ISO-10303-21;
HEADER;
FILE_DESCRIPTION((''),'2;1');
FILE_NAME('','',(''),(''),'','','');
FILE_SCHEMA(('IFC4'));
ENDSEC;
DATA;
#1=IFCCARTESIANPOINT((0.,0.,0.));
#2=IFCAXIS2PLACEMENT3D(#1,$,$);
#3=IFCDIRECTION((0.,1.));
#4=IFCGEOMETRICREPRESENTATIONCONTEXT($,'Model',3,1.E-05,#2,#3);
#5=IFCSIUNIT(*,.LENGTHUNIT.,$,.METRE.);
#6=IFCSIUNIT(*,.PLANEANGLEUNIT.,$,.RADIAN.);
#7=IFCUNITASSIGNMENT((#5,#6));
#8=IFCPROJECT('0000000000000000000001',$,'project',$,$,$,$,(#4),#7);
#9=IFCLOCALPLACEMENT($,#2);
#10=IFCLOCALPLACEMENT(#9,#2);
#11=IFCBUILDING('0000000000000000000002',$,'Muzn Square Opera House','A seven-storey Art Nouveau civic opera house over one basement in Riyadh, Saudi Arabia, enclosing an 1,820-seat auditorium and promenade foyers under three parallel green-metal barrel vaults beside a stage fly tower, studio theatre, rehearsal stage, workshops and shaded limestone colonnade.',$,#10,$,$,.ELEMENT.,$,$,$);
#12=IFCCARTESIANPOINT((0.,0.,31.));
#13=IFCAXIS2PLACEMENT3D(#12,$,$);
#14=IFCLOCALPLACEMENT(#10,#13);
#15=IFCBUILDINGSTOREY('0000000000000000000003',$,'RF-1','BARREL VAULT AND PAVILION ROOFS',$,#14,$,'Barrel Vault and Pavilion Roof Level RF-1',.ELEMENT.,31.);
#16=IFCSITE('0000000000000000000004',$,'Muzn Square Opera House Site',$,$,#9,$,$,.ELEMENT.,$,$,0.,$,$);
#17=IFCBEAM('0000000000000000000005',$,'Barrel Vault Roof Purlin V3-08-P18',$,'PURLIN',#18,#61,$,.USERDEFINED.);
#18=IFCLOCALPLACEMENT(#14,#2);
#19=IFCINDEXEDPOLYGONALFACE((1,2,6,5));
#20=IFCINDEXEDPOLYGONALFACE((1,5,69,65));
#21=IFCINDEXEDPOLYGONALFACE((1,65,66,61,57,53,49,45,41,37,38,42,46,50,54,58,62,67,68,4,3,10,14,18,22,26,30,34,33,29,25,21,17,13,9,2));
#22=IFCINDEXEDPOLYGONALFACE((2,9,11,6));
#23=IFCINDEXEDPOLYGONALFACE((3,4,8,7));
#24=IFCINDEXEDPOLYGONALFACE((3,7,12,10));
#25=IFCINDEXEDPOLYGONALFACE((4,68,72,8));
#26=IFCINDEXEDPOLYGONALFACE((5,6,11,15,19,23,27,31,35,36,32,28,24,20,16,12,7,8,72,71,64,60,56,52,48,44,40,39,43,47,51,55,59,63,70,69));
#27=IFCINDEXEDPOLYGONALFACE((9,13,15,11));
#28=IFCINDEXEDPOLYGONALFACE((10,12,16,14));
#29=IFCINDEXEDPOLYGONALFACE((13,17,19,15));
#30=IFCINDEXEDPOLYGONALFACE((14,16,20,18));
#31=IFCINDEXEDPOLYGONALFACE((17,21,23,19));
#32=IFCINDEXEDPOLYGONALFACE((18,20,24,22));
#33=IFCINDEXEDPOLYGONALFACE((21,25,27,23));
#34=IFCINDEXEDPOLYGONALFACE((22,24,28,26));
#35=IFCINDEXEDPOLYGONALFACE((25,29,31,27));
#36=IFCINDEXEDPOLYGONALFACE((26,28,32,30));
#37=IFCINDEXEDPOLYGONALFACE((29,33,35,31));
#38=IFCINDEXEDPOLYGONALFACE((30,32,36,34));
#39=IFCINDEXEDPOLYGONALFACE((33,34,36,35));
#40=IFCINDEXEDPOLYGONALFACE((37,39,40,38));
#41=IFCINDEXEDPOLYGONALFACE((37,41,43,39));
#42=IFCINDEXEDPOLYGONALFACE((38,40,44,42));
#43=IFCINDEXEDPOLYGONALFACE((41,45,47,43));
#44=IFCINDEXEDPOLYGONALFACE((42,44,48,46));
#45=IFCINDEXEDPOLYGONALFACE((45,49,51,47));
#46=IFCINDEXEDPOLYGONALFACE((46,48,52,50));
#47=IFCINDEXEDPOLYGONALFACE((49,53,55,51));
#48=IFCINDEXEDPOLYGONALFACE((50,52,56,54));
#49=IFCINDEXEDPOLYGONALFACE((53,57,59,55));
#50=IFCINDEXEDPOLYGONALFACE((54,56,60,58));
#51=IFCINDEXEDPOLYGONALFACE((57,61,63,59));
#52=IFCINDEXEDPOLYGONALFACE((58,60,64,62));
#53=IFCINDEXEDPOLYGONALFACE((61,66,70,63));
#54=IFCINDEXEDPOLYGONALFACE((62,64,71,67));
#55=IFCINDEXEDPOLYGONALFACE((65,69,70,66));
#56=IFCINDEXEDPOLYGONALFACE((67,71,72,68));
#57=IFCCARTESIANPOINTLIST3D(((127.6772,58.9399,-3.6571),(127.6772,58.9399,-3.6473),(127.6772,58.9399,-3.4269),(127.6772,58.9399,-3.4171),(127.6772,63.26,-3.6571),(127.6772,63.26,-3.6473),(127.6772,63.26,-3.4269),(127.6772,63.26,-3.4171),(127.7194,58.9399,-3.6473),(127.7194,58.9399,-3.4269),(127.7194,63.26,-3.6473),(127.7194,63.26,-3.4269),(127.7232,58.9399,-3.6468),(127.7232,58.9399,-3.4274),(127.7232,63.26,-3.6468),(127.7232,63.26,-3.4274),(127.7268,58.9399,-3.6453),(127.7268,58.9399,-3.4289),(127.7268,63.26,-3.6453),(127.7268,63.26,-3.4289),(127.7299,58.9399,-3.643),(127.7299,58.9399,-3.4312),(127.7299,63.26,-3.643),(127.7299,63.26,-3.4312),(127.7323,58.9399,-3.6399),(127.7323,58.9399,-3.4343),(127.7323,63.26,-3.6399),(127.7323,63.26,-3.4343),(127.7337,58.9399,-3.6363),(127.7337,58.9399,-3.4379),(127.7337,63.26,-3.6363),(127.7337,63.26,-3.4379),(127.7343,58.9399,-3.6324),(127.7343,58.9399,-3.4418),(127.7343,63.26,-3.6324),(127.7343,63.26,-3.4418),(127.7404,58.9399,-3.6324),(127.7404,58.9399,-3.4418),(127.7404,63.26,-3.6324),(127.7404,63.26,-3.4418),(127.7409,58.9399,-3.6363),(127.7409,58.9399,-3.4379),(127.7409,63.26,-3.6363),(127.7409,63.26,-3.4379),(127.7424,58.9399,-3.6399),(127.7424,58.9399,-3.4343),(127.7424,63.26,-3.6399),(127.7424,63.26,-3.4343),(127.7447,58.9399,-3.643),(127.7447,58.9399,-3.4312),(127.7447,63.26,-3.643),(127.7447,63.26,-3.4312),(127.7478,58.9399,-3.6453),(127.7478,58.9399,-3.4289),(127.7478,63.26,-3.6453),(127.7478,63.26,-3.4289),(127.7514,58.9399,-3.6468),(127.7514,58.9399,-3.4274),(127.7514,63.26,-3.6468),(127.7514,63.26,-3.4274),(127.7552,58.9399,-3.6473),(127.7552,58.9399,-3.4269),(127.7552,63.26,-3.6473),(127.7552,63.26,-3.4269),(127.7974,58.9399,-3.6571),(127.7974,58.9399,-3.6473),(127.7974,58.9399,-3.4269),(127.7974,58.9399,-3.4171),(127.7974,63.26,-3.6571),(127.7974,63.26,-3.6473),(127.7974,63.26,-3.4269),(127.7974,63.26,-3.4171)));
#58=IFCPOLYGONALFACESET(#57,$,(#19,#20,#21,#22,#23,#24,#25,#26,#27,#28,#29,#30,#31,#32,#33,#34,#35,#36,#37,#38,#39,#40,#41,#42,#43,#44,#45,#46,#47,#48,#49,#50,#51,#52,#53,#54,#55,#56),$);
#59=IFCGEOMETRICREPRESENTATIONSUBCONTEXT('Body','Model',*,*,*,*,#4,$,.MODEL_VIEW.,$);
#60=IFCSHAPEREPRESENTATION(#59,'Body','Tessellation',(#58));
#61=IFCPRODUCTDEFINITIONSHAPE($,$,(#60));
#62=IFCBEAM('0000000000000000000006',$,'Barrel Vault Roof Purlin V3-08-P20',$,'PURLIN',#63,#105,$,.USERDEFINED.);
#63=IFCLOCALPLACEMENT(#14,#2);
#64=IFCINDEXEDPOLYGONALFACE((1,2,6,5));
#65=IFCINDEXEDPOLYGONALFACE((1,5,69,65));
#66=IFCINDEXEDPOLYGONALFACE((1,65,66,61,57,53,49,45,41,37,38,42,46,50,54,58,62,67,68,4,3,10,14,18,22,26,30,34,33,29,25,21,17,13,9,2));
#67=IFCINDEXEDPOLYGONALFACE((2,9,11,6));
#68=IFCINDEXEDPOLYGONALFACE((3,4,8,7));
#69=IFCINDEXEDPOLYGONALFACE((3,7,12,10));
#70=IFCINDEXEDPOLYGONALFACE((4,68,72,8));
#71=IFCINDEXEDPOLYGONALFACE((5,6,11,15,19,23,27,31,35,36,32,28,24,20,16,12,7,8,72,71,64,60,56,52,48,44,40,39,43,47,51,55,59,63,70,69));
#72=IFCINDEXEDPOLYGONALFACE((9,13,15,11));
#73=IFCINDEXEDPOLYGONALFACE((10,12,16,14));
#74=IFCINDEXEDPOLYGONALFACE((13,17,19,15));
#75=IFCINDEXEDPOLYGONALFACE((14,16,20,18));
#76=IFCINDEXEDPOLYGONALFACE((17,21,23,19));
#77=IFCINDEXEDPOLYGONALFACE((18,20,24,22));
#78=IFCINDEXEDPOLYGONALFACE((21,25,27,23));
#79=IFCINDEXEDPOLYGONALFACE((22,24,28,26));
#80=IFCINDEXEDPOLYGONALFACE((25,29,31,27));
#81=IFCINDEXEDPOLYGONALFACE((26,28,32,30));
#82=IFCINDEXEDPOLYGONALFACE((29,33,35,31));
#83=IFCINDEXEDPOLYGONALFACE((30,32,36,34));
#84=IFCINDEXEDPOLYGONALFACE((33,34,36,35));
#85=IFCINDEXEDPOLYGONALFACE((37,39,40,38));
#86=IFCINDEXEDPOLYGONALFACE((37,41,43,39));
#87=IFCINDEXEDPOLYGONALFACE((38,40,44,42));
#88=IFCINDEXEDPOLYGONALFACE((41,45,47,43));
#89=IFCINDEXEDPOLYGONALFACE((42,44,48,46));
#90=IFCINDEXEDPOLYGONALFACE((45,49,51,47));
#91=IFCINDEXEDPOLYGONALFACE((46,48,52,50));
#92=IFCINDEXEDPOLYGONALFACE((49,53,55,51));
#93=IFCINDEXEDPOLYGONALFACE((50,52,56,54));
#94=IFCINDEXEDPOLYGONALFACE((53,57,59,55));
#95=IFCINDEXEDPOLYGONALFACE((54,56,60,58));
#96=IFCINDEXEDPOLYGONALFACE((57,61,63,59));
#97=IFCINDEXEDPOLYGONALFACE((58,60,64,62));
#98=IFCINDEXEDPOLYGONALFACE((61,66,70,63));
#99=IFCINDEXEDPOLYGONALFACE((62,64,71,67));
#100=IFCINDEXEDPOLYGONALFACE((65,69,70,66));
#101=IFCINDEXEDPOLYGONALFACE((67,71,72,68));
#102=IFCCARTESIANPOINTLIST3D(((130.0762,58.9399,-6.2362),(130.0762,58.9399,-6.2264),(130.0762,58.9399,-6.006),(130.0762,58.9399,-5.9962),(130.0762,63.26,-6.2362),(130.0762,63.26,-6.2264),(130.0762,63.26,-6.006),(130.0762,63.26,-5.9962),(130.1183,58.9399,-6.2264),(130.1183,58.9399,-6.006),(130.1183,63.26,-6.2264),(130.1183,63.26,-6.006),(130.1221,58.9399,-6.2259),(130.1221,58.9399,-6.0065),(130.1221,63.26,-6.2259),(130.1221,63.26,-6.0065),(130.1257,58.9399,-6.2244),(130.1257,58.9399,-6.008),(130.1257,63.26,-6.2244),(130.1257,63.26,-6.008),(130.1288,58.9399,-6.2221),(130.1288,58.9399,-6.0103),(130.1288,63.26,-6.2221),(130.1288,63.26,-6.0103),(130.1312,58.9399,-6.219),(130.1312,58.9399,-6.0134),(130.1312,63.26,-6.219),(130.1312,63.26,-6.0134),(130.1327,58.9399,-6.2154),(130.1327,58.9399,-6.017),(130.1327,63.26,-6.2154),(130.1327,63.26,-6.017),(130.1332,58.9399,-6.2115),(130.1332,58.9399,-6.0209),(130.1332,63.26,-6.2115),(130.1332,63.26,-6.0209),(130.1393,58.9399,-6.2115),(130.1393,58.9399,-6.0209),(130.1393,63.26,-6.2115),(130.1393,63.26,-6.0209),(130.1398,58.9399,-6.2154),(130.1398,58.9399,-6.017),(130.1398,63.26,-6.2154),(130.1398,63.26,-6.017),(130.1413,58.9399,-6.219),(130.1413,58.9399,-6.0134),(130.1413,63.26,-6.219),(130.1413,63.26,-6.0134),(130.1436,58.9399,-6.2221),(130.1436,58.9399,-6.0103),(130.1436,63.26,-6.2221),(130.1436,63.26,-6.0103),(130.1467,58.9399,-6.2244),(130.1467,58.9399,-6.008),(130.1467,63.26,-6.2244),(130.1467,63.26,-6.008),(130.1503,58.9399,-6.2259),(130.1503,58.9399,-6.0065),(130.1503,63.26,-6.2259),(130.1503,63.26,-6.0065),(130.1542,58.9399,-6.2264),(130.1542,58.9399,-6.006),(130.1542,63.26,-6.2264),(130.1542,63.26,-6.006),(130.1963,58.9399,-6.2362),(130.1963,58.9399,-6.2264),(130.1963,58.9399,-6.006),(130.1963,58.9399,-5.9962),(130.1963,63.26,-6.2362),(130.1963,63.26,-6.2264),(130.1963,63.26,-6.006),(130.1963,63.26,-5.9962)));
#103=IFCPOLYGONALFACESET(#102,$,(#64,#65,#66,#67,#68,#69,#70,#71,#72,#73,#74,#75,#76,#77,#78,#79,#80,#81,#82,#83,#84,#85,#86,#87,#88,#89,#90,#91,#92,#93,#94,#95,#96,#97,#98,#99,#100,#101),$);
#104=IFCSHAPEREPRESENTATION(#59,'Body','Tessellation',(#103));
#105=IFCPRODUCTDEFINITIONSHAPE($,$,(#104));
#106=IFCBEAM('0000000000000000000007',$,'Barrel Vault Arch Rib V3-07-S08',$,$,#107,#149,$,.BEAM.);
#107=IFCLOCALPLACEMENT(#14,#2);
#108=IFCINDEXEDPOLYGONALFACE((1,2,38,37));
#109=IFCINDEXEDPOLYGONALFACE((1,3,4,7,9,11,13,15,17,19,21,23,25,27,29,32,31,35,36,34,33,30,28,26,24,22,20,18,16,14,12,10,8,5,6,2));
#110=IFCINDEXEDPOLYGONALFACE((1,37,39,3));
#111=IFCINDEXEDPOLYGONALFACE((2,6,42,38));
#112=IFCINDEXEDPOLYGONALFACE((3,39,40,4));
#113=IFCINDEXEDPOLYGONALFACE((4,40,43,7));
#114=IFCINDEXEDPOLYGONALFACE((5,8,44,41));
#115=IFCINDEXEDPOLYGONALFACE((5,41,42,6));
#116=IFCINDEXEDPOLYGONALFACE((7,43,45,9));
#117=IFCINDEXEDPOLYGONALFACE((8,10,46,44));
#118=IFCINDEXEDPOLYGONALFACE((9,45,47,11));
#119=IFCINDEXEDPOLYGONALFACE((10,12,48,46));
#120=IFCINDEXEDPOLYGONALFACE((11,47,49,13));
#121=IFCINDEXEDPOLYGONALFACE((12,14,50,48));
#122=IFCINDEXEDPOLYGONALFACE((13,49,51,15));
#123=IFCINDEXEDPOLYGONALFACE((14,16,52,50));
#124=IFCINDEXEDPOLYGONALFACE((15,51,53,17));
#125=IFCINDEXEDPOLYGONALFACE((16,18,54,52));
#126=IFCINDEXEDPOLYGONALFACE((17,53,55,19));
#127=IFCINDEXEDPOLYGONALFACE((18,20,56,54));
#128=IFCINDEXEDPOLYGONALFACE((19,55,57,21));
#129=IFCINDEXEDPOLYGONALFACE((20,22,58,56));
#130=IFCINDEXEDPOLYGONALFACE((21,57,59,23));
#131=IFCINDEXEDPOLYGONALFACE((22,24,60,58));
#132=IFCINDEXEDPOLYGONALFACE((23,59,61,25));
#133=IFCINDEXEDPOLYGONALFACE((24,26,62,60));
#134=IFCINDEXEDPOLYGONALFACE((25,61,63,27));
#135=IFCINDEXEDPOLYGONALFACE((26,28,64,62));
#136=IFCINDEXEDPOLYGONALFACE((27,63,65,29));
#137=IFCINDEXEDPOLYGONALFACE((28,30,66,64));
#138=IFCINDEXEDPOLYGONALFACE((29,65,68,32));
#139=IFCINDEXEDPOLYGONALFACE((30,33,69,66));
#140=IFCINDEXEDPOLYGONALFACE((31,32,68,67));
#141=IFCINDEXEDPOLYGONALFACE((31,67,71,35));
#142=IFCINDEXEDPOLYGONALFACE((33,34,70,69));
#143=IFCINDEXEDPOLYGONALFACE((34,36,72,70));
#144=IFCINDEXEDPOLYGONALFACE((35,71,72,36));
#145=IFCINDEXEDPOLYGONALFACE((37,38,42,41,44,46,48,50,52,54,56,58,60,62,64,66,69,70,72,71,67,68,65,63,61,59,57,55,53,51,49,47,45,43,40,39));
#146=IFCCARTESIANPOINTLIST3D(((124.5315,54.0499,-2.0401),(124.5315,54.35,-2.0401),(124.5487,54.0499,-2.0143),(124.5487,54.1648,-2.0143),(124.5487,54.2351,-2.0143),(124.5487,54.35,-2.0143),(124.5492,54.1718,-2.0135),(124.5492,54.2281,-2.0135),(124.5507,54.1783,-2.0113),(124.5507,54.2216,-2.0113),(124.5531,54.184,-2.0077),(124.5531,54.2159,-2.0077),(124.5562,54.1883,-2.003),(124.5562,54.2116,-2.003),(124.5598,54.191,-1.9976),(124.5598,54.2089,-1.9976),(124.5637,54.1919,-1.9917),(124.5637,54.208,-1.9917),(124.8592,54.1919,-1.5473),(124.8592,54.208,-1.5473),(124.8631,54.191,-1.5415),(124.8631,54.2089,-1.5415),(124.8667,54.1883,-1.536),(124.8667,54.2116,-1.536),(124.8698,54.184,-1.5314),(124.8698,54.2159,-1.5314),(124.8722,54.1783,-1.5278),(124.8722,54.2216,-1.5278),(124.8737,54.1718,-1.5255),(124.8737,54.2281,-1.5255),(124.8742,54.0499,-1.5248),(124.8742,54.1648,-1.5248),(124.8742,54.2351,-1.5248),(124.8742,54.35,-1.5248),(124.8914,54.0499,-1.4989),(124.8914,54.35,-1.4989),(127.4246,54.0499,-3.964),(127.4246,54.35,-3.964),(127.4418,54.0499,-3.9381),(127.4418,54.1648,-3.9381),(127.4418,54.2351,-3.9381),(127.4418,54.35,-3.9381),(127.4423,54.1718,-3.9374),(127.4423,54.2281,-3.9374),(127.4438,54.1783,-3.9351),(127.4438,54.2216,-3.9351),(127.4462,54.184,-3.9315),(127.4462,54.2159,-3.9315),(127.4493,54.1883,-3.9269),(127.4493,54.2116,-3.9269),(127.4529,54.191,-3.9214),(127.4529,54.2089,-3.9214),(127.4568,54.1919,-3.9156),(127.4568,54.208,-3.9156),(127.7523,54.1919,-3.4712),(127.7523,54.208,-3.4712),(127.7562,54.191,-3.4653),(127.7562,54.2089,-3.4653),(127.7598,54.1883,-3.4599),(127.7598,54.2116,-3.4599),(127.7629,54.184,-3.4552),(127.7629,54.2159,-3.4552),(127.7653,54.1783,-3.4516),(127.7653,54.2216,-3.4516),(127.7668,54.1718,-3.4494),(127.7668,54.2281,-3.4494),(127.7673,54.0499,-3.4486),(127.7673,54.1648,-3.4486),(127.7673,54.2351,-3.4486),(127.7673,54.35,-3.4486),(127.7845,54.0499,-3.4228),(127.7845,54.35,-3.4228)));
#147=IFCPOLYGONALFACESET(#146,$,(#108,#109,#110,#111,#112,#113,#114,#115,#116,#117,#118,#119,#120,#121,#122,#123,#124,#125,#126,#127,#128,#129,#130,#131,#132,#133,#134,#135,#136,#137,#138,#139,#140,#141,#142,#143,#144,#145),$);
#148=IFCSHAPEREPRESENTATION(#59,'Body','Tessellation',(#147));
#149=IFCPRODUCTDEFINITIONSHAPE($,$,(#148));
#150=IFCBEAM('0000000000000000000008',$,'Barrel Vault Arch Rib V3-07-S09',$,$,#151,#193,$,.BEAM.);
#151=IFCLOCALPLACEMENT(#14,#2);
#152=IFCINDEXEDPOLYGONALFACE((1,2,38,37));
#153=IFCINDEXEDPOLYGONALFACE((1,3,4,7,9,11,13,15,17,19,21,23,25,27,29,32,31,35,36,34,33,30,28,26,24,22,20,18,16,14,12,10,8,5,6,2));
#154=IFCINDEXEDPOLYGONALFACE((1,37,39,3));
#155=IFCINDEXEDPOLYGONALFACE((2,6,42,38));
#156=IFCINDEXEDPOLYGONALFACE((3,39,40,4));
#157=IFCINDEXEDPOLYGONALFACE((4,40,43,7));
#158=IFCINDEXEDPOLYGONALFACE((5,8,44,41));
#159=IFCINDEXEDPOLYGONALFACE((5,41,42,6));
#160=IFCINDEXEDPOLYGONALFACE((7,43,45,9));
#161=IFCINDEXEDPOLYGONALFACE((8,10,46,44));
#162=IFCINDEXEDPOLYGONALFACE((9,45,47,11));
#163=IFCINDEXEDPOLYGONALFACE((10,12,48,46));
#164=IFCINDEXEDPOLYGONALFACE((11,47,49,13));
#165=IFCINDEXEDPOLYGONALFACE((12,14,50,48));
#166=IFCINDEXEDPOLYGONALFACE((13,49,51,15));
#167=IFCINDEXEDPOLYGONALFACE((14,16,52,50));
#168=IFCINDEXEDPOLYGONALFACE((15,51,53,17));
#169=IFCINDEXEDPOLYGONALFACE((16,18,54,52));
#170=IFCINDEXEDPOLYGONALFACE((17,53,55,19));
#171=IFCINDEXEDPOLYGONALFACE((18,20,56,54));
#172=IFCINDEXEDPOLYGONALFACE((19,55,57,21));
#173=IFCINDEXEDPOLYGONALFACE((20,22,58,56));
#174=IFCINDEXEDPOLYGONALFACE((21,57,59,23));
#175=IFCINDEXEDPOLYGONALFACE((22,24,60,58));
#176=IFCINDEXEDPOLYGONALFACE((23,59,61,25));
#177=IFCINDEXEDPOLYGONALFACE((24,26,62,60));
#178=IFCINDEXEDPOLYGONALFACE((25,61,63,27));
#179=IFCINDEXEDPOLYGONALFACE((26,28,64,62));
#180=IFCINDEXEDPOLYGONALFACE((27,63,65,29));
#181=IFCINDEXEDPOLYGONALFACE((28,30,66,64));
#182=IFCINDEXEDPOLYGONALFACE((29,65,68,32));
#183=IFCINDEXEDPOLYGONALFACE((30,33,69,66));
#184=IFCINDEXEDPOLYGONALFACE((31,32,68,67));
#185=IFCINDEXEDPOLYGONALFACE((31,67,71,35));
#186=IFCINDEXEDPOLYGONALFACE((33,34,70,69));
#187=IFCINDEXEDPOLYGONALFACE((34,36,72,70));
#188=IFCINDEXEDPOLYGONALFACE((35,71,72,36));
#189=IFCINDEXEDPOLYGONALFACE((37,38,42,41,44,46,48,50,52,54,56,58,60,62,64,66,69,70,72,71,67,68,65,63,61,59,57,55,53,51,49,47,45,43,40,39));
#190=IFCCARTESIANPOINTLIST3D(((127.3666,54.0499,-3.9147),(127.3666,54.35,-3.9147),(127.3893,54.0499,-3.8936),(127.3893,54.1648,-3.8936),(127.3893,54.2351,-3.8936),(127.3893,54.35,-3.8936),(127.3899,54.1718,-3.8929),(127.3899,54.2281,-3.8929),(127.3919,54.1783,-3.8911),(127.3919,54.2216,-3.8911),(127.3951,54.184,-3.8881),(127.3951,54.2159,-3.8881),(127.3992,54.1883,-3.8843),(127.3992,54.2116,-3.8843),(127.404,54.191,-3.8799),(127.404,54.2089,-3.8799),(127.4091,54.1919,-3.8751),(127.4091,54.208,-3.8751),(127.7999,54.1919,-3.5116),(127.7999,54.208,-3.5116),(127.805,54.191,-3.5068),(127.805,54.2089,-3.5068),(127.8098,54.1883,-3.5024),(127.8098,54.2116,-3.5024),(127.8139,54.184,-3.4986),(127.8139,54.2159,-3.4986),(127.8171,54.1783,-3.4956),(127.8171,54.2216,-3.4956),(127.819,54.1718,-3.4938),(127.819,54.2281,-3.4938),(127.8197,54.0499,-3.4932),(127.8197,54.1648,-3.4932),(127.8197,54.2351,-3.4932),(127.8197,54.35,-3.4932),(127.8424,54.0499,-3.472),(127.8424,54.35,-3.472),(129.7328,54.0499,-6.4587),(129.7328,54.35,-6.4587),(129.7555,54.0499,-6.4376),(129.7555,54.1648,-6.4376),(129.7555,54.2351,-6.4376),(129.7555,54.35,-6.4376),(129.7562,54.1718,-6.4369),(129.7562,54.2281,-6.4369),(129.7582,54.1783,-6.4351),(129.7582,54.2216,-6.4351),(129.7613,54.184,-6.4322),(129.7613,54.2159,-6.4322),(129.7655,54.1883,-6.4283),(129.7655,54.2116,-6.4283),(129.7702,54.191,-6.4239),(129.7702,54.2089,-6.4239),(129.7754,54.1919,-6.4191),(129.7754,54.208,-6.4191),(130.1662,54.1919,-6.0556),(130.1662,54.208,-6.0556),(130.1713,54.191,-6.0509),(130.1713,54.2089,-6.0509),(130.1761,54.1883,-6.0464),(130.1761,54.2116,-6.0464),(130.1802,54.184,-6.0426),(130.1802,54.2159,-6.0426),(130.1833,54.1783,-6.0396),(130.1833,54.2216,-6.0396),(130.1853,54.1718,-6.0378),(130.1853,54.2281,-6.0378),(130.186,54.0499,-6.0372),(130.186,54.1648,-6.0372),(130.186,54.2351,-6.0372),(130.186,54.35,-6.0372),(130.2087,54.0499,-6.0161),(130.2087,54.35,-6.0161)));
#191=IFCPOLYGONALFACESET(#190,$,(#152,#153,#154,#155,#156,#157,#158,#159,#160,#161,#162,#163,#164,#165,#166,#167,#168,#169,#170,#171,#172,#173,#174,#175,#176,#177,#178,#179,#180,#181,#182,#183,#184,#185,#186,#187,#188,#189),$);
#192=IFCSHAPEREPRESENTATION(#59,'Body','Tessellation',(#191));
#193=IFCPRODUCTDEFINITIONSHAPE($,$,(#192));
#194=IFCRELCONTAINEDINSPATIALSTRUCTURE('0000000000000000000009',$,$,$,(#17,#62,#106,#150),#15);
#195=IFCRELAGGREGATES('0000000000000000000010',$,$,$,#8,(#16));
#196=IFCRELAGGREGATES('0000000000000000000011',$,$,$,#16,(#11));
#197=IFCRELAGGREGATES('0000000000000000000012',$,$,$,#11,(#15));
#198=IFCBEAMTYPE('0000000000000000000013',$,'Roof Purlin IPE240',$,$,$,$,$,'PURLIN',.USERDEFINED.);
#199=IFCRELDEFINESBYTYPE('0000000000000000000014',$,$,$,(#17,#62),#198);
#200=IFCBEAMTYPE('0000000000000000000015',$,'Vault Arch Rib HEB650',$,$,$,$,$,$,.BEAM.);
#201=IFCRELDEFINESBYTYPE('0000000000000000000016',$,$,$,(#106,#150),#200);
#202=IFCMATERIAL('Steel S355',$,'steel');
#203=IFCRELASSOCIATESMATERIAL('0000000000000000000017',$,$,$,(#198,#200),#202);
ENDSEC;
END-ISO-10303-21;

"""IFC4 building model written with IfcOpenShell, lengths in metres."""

from ifc_helpers import new_model, si_unit, direction, frame, origin, origin_2d, place, context, subcontext, project, spatial, i_section, extrude, material, material_profile, profile_set, type_object, element, save


model = new_model("IFC4")

# Units and contexts
model_context = context("Model", 3, precision=1e-05, world=origin(), true_north=direction((0.0, 1.0)))
body_context = subcontext(model_context, "Body", "Model", "MODEL_VIEW")
ifc_project = project(units=[si_unit("LENGTHUNIT", "METRE"), si_unit("PLANEANGLEUNIT", "RADIAN")], contexts=[model_context])

# Site, building, storey
site_placement = place(None, origin())
site = spatial("IfcSite", under=ifc_project, at=site_placement, Name="Muzn Square Opera House Site", CompositionType="ELEMENT", RefElevation=0.0)
building_placement = place(site_placement, origin())
building = spatial("IfcBuilding", under=site, at=building_placement, Name="Muzn Square Opera House", Description="A seven-storey Art Nouveau civic opera house over one basement in Riyadh, Saudi Arabia, enclosing an 1,820-seat auditorium and promenade foyers under three parallel green-metal barrel vaults beside a stage fly tower, studio theatre, rehearsal stage, workshops and shaded limestone colonnade.", CompositionType="ELEMENT")
storey_placement = place(building_placement, frame((0.0, 0.0, 31.0)))
storey = spatial("IfcBuildingStorey", under=building, at=storey_placement, Name="RF-1", Description="BARREL VAULT AND PAVILION ROOFS", LongName="Barrel Vault and Pavilion Roof Level RF-1", CompositionType="ELEMENT", Elevation=31.0)

# Beams
ifc_material_1 = material(Name="Steel S355", Category="steel")
ifc_material_profile_1 = material_profile(ifc_material_1, i_section(OverallWidth=0.1201, OverallDepth=0.24, WebThickness=0.0061, FlangeThickness=0.0098, FilletRadius=0.0149, at=origin_2d()), Name="IPE 240", Category="steel")
ifc_profile_set_1 = profile_set([ifc_material_profile_1], Name="Steel S355")
beam_type_1 = type_object("IfcBeamType", Name="Roof Purlin IPE240", ElementType="PURLIN", PredefinedType="USERDEFINED", material=ifc_profile_set_1)
for number, where, z_axis, x_axis, name in (
    (1, (127.7373, 58.9399, -3.5371), (0.0, 1.0, 0.0), (-1.0, 0.0, 0.0), "Barrel Vault Roof Purlin V3-08-P18"),
    (2, (130.1362, 58.9399, -6.1162), (0.0, 1.0, 0.0), (-1.0, 0.0, 0.0), "Barrel Vault Roof Purlin V3-08-P20"),
):
    element("IfcBeam", number, at=place(storey_placement, frame(where, z_axis=z_axis, x_axis=x_axis)), inside=storey, type_object=beam_type_1, Name=name, ObjectType="PURLIN", PredefinedType="USERDEFINED", context=body_context, shape_type="SweptSolid", body=[
        extrude(i_section(OverallWidth=0.1201, OverallDepth=0.24, WebThickness=0.0061, FlangeThickness=0.0098, FilletRadius=0.0149, at=origin_2d()), origin(), (0.0, 0.0, 1.0), 4.3201),
    ])
ifc_material_profile_2 = material_profile(ifc_material_1, i_section(OverallWidth=0.3, OverallDepth=0.6499, WebThickness=0.0161, FlangeThickness=0.031, FilletRadius=0.0271, at=origin_2d()), Name="HEB 650", Category="steel")
ifc_profile_set_2 = profile_set([ifc_material_profile_2], Name="Steel S355")
beam_type_2 = type_object("IfcBeamType", Name="Vault Arch Rib HEB650", PredefinedType="BEAM", material=ifc_profile_set_2)
for number, where, z_axis, x_axis, name in (
    (3, (124.7114, 54.2, -1.7695), (0.832698, 0.0, -0.553727), (0.0, 1.0, 0.0), "Barrel Vault Arch Rib V3-07-S08"),
    (4, (127.6045, 54.2, -3.6934), (0.681065, 0.0, -0.732223), (0.0, 1.0, 0.0), "Barrel Vault Arch Rib V3-07-S09"),
):
    element("IfcBeam", number, at=place(storey_placement, frame(where, z_axis=z_axis, x_axis=x_axis)), inside=storey, type_object=beam_type_2, Name=name, PredefinedType="BEAM", context=body_context, shape_type="SweptSolid", body=[
        extrude(i_section(OverallWidth=0.3, OverallDepth=0.6499, WebThickness=0.0161, FlangeThickness=0.031, FilletRadius=0.0271, at=origin_2d()), origin(), (0.0, 0.0, 1.0), 3.4744),
    ])

save(model, "model.ifc")
